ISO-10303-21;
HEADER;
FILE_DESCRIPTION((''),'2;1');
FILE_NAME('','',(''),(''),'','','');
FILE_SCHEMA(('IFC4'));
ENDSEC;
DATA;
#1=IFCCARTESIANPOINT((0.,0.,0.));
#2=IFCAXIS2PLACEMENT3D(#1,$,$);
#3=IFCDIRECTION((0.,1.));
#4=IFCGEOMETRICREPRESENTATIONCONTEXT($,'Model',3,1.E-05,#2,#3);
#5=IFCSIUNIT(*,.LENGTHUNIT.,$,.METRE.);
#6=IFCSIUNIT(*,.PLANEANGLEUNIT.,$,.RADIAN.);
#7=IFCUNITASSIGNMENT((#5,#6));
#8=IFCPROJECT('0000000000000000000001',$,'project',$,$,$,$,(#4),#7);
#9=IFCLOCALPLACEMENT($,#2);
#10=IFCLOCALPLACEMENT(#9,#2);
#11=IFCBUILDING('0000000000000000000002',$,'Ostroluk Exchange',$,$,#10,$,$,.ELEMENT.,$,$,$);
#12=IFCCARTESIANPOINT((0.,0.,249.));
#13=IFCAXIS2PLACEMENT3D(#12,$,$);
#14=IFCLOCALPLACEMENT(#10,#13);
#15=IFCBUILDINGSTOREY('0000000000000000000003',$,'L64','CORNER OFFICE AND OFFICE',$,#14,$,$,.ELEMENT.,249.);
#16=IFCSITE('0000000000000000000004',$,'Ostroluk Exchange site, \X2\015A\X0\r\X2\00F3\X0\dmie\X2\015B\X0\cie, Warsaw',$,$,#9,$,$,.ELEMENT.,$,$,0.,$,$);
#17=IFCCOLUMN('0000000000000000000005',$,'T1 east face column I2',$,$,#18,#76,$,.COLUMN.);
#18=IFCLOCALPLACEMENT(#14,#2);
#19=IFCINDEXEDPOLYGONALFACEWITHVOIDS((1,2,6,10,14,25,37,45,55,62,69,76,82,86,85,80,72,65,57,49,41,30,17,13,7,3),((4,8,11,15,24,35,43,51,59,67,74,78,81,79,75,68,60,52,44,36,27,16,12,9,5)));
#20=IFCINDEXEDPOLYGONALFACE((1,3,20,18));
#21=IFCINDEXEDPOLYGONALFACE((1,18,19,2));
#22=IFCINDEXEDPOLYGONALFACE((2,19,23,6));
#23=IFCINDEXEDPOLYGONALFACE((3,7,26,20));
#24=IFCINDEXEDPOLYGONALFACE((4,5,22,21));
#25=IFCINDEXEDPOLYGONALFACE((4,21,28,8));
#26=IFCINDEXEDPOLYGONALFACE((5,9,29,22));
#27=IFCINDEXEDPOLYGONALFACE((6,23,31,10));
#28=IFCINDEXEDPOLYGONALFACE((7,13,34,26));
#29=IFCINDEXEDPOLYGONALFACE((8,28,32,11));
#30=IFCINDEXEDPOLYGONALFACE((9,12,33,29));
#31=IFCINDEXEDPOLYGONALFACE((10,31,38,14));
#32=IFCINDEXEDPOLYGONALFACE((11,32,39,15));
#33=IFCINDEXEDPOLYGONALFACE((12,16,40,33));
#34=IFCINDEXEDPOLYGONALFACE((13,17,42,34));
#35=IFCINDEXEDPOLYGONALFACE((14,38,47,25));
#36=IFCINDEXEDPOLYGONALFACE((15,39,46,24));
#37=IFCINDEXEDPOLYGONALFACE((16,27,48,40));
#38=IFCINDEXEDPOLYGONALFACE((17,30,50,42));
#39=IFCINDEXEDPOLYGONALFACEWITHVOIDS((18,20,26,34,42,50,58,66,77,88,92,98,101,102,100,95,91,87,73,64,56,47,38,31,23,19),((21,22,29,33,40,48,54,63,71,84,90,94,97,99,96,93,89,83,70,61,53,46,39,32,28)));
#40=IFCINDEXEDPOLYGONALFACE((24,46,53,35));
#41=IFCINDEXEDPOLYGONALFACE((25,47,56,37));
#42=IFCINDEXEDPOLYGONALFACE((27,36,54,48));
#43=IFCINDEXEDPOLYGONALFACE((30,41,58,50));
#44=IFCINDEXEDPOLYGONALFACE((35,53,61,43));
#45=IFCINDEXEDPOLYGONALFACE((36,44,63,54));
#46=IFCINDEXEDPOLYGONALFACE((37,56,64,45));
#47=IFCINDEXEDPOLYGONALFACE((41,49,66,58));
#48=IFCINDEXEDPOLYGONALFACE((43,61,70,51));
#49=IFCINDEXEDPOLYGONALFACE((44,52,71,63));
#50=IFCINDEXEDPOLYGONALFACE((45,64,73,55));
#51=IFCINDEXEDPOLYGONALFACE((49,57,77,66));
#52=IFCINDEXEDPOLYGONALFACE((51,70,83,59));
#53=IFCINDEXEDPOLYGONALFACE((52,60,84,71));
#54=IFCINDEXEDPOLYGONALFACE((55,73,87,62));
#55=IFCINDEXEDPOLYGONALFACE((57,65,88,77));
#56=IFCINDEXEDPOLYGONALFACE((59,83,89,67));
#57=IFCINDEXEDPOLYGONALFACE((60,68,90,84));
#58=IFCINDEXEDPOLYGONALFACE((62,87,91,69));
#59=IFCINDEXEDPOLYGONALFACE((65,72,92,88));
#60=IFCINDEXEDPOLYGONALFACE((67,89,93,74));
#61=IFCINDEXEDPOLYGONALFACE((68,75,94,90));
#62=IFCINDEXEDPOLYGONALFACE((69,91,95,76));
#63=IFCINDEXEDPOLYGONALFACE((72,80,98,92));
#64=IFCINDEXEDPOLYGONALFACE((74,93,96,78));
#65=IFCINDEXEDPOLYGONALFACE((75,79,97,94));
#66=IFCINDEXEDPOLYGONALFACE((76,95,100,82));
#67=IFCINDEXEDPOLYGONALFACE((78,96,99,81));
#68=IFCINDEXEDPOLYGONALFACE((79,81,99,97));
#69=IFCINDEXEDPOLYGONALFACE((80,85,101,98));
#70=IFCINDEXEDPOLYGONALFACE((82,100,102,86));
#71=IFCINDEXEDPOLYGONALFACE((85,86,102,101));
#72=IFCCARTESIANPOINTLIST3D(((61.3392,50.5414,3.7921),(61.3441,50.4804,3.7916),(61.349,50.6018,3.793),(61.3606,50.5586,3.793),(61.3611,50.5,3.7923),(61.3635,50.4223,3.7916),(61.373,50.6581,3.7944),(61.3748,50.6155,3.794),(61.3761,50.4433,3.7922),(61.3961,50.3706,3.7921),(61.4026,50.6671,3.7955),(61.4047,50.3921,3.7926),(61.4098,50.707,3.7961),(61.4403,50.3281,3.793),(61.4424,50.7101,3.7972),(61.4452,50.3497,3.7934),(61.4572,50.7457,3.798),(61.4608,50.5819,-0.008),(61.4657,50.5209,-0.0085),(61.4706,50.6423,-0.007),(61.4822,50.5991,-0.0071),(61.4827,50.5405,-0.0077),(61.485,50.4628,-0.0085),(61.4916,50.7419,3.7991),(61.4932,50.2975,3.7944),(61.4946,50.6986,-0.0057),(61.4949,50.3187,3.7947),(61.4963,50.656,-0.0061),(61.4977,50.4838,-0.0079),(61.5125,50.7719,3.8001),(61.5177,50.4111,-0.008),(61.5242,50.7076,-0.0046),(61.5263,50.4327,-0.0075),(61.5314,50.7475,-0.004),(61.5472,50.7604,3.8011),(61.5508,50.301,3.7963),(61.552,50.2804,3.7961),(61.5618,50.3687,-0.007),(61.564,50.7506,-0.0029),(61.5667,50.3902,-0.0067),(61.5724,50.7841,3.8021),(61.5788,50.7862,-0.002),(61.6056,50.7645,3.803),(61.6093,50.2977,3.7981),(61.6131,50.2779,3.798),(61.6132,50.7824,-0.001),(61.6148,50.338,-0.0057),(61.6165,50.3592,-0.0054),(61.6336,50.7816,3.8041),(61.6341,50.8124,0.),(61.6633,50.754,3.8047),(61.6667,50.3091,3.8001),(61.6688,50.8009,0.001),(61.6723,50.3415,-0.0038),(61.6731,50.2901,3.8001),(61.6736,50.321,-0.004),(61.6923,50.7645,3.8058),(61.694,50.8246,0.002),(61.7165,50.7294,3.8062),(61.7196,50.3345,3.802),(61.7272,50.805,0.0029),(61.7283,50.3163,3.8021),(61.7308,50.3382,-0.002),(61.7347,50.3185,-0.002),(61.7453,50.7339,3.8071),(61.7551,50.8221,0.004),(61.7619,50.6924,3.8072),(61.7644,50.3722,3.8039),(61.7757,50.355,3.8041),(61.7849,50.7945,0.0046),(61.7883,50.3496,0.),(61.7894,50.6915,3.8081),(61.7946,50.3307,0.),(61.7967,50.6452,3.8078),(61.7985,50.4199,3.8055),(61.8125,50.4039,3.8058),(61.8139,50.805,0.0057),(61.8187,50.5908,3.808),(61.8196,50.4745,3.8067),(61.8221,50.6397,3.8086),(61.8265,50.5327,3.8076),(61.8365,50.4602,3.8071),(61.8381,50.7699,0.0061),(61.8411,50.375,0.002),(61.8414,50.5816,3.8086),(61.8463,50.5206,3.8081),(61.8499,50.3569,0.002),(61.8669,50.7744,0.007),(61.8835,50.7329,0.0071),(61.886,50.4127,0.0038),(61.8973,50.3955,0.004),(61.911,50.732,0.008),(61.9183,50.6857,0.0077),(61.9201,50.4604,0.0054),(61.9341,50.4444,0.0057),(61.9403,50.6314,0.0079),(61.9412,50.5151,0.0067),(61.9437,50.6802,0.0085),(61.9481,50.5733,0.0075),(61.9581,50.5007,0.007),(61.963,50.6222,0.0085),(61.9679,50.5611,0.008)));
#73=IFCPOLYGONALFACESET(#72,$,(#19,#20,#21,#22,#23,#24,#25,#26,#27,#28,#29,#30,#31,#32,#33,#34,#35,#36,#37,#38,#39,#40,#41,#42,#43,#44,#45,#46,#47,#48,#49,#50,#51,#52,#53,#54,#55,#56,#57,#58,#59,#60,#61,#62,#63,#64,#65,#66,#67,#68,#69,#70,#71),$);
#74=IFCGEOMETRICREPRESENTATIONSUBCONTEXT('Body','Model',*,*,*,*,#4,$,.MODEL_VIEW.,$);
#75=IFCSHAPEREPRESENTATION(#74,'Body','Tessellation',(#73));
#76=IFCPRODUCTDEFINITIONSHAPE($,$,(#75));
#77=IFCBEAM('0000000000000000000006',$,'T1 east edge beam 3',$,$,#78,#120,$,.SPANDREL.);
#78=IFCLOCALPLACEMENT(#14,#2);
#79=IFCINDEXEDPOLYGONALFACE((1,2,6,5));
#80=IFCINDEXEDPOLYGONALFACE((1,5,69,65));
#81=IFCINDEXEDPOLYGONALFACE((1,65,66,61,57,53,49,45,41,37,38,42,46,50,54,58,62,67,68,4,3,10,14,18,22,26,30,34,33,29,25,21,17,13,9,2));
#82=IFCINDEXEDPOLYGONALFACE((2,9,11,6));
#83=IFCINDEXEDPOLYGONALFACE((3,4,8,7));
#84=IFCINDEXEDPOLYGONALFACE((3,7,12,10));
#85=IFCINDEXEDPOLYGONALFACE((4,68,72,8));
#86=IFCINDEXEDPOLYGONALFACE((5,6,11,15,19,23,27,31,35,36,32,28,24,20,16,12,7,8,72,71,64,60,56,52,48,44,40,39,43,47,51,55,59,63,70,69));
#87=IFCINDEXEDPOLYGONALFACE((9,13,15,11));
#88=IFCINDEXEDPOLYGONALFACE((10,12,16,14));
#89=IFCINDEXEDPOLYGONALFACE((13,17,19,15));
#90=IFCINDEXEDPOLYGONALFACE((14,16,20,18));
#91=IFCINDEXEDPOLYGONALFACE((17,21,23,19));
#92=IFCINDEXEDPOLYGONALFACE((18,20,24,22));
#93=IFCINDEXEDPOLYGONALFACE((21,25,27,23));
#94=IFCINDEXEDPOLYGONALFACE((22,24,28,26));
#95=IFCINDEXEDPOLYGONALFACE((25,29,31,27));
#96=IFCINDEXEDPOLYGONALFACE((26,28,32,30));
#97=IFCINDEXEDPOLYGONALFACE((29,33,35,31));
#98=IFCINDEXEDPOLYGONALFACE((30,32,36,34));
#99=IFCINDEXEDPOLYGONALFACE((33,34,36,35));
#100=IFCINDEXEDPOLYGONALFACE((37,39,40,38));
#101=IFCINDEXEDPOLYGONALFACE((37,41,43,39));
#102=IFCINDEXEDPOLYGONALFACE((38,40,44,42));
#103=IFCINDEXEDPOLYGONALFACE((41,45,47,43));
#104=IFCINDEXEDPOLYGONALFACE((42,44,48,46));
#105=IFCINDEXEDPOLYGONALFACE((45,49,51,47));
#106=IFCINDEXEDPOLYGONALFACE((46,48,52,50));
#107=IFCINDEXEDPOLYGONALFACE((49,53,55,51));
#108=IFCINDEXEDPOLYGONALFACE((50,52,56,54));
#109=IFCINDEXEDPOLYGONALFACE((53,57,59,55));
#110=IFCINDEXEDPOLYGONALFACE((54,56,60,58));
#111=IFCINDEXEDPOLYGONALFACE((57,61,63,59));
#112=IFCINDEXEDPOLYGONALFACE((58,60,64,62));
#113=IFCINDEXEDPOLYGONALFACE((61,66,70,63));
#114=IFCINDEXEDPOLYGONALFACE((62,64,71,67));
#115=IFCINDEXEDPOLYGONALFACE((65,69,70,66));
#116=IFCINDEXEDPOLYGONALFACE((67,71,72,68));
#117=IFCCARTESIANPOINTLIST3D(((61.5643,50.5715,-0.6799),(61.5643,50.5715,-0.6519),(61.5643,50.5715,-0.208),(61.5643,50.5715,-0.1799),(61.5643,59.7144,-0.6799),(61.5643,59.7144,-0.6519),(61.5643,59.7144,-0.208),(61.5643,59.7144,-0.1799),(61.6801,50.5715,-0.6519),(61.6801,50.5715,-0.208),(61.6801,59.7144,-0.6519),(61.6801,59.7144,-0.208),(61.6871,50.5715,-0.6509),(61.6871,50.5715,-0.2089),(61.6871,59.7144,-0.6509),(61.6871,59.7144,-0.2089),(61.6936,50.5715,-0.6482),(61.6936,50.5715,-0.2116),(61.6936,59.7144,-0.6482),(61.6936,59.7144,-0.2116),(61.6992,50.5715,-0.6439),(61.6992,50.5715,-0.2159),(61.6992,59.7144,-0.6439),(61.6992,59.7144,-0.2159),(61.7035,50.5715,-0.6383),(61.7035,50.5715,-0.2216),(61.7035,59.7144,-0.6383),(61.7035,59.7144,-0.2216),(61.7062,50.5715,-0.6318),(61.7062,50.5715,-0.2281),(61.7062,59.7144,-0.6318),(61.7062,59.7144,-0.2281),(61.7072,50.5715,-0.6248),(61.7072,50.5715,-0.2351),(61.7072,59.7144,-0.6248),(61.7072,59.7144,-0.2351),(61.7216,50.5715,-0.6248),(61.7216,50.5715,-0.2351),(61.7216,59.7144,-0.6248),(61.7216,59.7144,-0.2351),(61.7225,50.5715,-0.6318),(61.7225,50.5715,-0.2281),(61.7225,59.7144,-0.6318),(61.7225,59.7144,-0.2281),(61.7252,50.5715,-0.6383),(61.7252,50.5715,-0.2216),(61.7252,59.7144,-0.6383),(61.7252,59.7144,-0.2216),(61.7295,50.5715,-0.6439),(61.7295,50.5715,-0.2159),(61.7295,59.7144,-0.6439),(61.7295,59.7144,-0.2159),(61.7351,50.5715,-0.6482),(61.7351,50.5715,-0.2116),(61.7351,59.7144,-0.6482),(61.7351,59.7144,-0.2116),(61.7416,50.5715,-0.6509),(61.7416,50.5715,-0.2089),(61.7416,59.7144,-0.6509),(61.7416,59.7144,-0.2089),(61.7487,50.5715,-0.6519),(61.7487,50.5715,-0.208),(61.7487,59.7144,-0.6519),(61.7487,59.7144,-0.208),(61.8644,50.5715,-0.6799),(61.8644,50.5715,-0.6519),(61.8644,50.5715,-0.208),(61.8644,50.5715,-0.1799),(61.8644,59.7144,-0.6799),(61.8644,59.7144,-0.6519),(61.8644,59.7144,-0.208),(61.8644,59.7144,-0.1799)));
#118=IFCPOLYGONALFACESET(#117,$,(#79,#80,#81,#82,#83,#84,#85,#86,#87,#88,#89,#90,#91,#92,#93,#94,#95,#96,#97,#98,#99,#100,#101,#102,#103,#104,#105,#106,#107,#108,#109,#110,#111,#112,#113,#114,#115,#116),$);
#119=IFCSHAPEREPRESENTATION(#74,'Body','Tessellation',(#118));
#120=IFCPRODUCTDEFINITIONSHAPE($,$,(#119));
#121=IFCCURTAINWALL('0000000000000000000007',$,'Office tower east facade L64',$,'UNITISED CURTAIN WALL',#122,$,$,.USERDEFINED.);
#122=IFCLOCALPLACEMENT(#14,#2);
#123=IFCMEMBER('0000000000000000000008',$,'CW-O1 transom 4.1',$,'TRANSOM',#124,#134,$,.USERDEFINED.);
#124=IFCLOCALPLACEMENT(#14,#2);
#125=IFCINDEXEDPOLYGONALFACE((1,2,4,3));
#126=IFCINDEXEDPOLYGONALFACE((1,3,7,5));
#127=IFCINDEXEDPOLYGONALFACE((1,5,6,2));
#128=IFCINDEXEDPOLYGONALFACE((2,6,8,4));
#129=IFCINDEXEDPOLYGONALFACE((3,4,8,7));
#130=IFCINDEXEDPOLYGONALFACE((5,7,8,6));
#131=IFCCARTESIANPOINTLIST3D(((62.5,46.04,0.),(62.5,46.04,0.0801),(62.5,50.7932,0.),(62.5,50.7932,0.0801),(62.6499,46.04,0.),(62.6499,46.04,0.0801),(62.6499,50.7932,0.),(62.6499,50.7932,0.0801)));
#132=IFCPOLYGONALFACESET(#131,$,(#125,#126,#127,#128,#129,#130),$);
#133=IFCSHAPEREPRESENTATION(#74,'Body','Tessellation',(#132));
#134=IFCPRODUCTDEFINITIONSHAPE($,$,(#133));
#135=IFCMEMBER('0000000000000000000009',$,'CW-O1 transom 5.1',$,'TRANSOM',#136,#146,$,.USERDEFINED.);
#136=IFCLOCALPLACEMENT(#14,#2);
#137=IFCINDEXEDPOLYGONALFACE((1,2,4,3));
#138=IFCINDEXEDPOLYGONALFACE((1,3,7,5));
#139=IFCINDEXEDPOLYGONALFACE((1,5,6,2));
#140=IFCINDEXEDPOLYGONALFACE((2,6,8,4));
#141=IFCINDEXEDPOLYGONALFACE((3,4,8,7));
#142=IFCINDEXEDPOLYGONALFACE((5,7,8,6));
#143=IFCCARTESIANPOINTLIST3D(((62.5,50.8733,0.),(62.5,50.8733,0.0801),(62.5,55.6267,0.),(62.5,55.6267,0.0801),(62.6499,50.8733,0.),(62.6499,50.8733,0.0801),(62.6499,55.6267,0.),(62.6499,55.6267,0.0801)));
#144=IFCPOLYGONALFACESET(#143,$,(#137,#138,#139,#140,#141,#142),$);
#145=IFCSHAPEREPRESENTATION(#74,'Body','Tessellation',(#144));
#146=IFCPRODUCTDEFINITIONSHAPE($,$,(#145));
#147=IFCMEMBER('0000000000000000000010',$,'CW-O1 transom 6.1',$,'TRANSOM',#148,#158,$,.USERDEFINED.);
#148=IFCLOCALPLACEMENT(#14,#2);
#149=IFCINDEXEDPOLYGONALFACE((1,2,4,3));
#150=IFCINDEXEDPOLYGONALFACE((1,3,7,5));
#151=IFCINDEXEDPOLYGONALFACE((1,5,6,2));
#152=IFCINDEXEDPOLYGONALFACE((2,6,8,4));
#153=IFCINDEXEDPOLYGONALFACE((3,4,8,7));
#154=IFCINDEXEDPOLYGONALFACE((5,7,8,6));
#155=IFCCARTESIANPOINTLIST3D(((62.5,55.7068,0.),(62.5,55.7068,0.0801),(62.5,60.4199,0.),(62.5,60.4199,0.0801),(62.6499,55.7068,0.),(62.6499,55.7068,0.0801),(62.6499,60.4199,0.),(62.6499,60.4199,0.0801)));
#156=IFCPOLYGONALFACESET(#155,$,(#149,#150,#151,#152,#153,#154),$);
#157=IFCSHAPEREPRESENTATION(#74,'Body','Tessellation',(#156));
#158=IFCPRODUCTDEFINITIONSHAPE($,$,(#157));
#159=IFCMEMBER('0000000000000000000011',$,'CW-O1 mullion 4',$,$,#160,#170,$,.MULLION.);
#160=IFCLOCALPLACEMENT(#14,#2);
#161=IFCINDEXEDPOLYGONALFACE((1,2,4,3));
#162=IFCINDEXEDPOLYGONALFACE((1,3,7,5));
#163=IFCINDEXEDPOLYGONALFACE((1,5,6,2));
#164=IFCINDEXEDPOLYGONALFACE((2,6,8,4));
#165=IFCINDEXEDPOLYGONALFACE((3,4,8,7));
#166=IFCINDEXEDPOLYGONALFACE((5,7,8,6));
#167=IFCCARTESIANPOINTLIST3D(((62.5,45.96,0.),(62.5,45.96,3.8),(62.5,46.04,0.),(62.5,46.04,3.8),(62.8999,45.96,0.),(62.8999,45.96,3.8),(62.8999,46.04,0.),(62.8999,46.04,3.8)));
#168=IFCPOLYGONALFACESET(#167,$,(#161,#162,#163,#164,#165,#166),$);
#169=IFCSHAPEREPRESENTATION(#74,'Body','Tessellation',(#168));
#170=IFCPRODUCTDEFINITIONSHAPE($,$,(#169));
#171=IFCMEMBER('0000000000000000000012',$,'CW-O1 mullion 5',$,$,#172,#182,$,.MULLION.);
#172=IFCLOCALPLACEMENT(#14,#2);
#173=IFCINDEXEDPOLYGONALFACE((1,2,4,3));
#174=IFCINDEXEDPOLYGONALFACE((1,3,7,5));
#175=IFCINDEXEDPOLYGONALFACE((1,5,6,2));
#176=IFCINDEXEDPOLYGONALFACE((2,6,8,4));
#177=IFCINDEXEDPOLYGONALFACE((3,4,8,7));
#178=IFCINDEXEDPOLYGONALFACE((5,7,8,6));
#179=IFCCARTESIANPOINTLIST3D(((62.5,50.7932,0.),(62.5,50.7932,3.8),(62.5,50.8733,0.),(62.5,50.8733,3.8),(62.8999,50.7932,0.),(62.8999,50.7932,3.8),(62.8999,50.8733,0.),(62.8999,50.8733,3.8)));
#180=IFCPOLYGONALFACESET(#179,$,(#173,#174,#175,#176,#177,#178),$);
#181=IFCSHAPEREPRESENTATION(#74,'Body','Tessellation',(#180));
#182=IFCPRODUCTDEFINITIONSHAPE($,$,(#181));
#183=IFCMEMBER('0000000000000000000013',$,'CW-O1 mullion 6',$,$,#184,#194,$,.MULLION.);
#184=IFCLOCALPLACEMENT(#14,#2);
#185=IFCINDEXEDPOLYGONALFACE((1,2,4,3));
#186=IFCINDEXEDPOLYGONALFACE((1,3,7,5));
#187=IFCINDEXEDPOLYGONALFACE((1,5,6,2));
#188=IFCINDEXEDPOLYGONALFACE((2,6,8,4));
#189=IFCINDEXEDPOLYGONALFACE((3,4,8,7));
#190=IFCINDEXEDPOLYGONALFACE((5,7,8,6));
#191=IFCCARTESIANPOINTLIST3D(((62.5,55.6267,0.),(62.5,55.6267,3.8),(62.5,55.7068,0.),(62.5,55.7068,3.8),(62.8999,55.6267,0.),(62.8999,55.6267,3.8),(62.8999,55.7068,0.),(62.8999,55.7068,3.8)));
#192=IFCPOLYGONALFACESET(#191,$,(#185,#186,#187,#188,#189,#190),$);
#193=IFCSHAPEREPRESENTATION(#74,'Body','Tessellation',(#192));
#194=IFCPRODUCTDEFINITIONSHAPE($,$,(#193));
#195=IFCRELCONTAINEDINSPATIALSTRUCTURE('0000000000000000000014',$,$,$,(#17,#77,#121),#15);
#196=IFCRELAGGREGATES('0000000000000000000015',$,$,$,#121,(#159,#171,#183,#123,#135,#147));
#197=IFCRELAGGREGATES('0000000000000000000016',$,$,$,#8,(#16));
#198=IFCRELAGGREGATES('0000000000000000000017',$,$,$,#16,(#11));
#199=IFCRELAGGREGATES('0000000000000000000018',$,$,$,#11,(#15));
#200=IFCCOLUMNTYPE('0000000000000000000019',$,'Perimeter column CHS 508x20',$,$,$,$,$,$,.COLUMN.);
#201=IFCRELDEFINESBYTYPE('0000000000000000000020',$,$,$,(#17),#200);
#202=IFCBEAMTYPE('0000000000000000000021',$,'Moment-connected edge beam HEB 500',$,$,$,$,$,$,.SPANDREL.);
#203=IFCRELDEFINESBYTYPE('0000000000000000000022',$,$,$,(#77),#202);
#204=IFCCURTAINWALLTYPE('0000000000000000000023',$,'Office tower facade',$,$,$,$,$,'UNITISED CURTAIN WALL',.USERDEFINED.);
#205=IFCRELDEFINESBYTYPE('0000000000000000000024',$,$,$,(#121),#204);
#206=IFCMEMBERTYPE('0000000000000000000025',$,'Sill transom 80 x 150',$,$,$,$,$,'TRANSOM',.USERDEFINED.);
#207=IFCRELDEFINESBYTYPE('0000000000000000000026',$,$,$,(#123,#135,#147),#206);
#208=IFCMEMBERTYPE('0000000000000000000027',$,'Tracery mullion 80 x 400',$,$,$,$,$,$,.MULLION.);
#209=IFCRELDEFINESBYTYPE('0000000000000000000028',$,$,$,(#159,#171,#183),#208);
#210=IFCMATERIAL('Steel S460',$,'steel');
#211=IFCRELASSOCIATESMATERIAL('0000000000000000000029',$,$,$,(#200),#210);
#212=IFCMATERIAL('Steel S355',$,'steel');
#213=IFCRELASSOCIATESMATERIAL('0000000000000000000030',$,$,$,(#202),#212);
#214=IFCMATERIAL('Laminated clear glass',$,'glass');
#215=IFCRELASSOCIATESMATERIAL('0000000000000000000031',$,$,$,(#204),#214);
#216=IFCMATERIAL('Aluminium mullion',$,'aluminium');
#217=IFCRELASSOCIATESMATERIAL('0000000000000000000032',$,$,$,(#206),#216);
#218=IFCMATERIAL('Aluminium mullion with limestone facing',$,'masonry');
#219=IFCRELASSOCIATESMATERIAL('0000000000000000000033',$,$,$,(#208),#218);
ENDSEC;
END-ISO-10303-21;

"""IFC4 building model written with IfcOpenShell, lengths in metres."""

from ifc_helpers import new_model, si_unit, direction, frame, origin, origin_2d, place, context, subcontext, project, spatial, rectangle, hollow_circle, i_section, extrude, material, material_profile, profile_set, type_object, element, aggregate, save


model = new_model("IFC4")

# Units and contexts
model_context = context("Model", 3, precision=1e-05, world=origin(), true_north=direction((0.0, 1.0)))
body_context = subcontext(model_context, "Body", "Model", "MODEL_VIEW")
ifc_project = project(units=[si_unit("LENGTHUNIT", "METRE"), si_unit("PLANEANGLEUNIT", "RADIAN")], contexts=[model_context])

# Site, building, storey
site_placement = place(None, origin())
site = spatial("IfcSite", under=ifc_project, at=site_placement, Name="Ostroluk Exchange site, Śródmieście, Warsaw", CompositionType="ELEMENT", RefElevation=0.0)
building_placement = place(site_placement, origin())
building = spatial("IfcBuilding", under=site, at=building_placement, Name="Ostroluk Exchange", CompositionType="ELEMENT")
storey_placement = place(building_placement, frame((0.0, 0.0, 249.0)))
storey = spatial("IfcBuildingStorey", under=building, at=storey_placement, Name="L64", Description="CORNER OFFICE AND OFFICE", CompositionType="ELEMENT", Elevation=249.0)

# Column
ifc_material_1 = material(Name="Steel S460", Category="steel")
ifc_material_profile_1 = material_profile(ifc_material_1, hollow_circle(Radius=0.2539, WallThickness=0.02, at=origin_2d()), Name="CHS 508x20")
ifc_profile_set_1 = profile_set([ifc_material_profile_1], Name="Steel S460")
column_type = type_object("IfcColumnType", Name="Perimeter column CHS 508x20", PredefinedType="COLUMN", material=ifc_profile_set_1)
column_placement = place(storey_placement, frame((61.7144, 50.5715, 0.0), z_axis=(-0.031977, -0.010659, 0.999432), x_axis=(0.316228, -0.948683, 0.0)))
element("IfcColumn", 1, at=column_placement, inside=storey, type_object=column_type, Name="T1 east face column I2", PredefinedType="COLUMN", context=body_context, shape_type="SweptSolid", body=[
    extrude(hollow_circle(Radius=0.2539, WallThickness=0.02, at=origin_2d()), origin(), (0.0, 0.0, 1.0), 3.8022),
])

# Beam
ifc_material_2 = material(Name="Steel S355", Category="steel")
ifc_material_profile_2 = material_profile(ifc_material_2, i_section(OverallWidth=0.3, OverallDepth=0.5, WebThickness=0.0144, FlangeThickness=0.0281, FilletRadius=0.0271, at=origin_2d()), Name="HEB 500")
ifc_profile_set_2 = profile_set([ifc_material_profile_2], Name="Steel S355")
beam_type = type_object("IfcBeamType", Name="Moment-connected edge beam HEB 500", PredefinedType="SPANDREL", material=ifc_profile_set_2)
beam_placement = place(storey_placement, frame((61.7144, 50.5715, -0.4299), z_axis=(0.0, 1.0, 0.0), x_axis=(-1.0, 0.0, 0.0)))
element("IfcBeam", 2, at=beam_placement, inside=storey, type_object=beam_type, Name="T1 east edge beam 3", PredefinedType="SPANDREL", context=body_context, shape_type="SweptSolid", body=[
    extrude(i_section(OverallWidth=0.3, OverallDepth=0.5, WebThickness=0.0144, FlangeThickness=0.0281, FilletRadius=0.0271, at=origin_2d()), origin(), (0.0, 0.0, 1.0), 9.1428),
])

# Curtain wall, members
ifc_material_3 = material(Name="Laminated clear glass", Category="glass")
curtain_wall_type = type_object("IfcCurtainWallType", Name="Office tower facade", ElementType="UNITISED CURTAIN WALL", PredefinedType="USERDEFINED", material=ifc_material_3)
curtain_wall_placement = place(storey_placement, origin())
curtain_wall = element("IfcCurtainWall", 3, at=curtain_wall_placement, inside=storey, type_object=curtain_wall_type, Name="Office tower east facade L64", ObjectType="UNITISED CURTAIN WALL", PredefinedType="USERDEFINED")
ifc_material_4 = material(Name="Aluminium mullion", Category="aluminium")
ifc_material_profile_3 = material_profile(ifc_material_4, rectangle(XDim=0.1499, YDim=0.0801, at=origin_2d()), Name="Sill transom 80 x 150")
ifc_profile_set_3 = profile_set([ifc_material_profile_3], Name="Aluminium mullion")
member_type_1 = type_object("IfcMemberType", Name="Sill transom 80 x 150", ElementType="TRANSOM", PredefinedType="USERDEFINED", material=ifc_profile_set_3)
member_1_placement = place(storey_placement, frame((62.575, 46.04, 0.04), z_axis=(0.0, 1.0, 0.0), x_axis=(-1.0, 0.0, 0.0)))
member_1 = element("IfcMember", 4, at=member_1_placement, type_object=member_type_1, Name="CW-O1 transom 4.1", ObjectType="TRANSOM", PredefinedType="USERDEFINED", context=body_context, shape_type="SweptSolid", body=[
    extrude(rectangle(XDim=0.1499, YDim=0.0801, at=origin_2d()), origin(), (0.0, 0.0, 1.0), 4.7532),
])
member_2_placement = place(storey_placement, frame((62.575, 50.8733, 0.04), z_axis=(0.0, 1.0, 0.0), x_axis=(-1.0, 0.0, 0.0)))
member_2 = element("IfcMember", 5, at=member_2_placement, type_object=member_type_1, Name="CW-O1 transom 5.1", ObjectType="TRANSOM", PredefinedType="USERDEFINED", context=body_context, shape_type="SweptSolid", body=[
    extrude(rectangle(XDim=0.1499, YDim=0.0801, at=origin_2d()), origin(), (0.0, 0.0, 1.0), 4.7534),
])
member_3_placement = place(storey_placement, frame((62.575, 55.7068, 0.04), z_axis=(0.0, 1.0, 0.0), x_axis=(-1.0, 0.0, 0.0)))
member_3 = element("IfcMember", 6, at=member_3_placement, type_object=member_type_1, Name="CW-O1 transom 6.1", ObjectType="TRANSOM", PredefinedType="USERDEFINED", context=body_context, shape_type="SweptSolid", body=[
    extrude(rectangle(XDim=0.1499, YDim=0.0801, at=origin_2d()), origin(), (0.0, 0.0, 1.0), 4.7131),
])
ifc_material_5 = material(Name="Aluminium mullion with limestone facing", Category="masonry")
ifc_material_profile_4 = material_profile(ifc_material_5, rectangle(XDim=0.3999, YDim=0.0801, at=origin_2d()), Name="Tracery mullion 80 x 400")
ifc_profile_set_4 = profile_set([ifc_material_profile_4], Name="Aluminium mullion with limestone facing")
member_type_2 = type_object("IfcMemberType", Name="Tracery mullion 80 x 400", PredefinedType="MULLION", material=ifc_profile_set_4)
member_4_placement = place(storey_placement, frame((62.7, 46.0, 0.0), z_axis=(0.0, 0.0, 1.0), x_axis=(-1.0, 0.0, 0.0)))
member_4 = element("IfcMember", 7, at=member_4_placement, type_object=member_type_2, Name="CW-O1 mullion 4", PredefinedType="MULLION", context=body_context, shape_type="SweptSolid", body=[
    extrude(rectangle(XDim=0.3999, YDim=0.0801, at=origin_2d()), origin(), (0.0, 0.0, 1.0), 3.8),
])
member_5_placement = place(storey_placement, frame((62.7, 50.8333, 0.0), z_axis=(0.0, 0.0, 1.0), x_axis=(-1.0, 0.0, 0.0)))
member_5 = element("IfcMember", 8, at=member_5_placement, type_object=member_type_2, Name="CW-O1 mullion 5", PredefinedType="MULLION", context=body_context, shape_type="SweptSolid", body=[
    extrude(rectangle(XDim=0.3999, YDim=0.0801, at=origin_2d()), origin(), (0.0, 0.0, 1.0), 3.8),
])
member_6_placement = place(storey_placement, frame((62.7, 55.6667, 0.0), z_axis=(0.0, 0.0, 1.0), x_axis=(-1.0, 0.0, 0.0)))
member_6 = element("IfcMember", 9, at=member_6_placement, type_object=member_type_2, Name="CW-O1 mullion 6", PredefinedType="MULLION", context=body_context, shape_type="SweptSolid", body=[
    extrude(rectangle(XDim=0.3999, YDim=0.0801, at=origin_2d()), origin(), (0.0, 0.0, 1.0), 3.8),
])
aggregate(curtain_wall, [member_4, member_5, member_6, member_1, member_2, member_3])

save(model, "model.ifc")
